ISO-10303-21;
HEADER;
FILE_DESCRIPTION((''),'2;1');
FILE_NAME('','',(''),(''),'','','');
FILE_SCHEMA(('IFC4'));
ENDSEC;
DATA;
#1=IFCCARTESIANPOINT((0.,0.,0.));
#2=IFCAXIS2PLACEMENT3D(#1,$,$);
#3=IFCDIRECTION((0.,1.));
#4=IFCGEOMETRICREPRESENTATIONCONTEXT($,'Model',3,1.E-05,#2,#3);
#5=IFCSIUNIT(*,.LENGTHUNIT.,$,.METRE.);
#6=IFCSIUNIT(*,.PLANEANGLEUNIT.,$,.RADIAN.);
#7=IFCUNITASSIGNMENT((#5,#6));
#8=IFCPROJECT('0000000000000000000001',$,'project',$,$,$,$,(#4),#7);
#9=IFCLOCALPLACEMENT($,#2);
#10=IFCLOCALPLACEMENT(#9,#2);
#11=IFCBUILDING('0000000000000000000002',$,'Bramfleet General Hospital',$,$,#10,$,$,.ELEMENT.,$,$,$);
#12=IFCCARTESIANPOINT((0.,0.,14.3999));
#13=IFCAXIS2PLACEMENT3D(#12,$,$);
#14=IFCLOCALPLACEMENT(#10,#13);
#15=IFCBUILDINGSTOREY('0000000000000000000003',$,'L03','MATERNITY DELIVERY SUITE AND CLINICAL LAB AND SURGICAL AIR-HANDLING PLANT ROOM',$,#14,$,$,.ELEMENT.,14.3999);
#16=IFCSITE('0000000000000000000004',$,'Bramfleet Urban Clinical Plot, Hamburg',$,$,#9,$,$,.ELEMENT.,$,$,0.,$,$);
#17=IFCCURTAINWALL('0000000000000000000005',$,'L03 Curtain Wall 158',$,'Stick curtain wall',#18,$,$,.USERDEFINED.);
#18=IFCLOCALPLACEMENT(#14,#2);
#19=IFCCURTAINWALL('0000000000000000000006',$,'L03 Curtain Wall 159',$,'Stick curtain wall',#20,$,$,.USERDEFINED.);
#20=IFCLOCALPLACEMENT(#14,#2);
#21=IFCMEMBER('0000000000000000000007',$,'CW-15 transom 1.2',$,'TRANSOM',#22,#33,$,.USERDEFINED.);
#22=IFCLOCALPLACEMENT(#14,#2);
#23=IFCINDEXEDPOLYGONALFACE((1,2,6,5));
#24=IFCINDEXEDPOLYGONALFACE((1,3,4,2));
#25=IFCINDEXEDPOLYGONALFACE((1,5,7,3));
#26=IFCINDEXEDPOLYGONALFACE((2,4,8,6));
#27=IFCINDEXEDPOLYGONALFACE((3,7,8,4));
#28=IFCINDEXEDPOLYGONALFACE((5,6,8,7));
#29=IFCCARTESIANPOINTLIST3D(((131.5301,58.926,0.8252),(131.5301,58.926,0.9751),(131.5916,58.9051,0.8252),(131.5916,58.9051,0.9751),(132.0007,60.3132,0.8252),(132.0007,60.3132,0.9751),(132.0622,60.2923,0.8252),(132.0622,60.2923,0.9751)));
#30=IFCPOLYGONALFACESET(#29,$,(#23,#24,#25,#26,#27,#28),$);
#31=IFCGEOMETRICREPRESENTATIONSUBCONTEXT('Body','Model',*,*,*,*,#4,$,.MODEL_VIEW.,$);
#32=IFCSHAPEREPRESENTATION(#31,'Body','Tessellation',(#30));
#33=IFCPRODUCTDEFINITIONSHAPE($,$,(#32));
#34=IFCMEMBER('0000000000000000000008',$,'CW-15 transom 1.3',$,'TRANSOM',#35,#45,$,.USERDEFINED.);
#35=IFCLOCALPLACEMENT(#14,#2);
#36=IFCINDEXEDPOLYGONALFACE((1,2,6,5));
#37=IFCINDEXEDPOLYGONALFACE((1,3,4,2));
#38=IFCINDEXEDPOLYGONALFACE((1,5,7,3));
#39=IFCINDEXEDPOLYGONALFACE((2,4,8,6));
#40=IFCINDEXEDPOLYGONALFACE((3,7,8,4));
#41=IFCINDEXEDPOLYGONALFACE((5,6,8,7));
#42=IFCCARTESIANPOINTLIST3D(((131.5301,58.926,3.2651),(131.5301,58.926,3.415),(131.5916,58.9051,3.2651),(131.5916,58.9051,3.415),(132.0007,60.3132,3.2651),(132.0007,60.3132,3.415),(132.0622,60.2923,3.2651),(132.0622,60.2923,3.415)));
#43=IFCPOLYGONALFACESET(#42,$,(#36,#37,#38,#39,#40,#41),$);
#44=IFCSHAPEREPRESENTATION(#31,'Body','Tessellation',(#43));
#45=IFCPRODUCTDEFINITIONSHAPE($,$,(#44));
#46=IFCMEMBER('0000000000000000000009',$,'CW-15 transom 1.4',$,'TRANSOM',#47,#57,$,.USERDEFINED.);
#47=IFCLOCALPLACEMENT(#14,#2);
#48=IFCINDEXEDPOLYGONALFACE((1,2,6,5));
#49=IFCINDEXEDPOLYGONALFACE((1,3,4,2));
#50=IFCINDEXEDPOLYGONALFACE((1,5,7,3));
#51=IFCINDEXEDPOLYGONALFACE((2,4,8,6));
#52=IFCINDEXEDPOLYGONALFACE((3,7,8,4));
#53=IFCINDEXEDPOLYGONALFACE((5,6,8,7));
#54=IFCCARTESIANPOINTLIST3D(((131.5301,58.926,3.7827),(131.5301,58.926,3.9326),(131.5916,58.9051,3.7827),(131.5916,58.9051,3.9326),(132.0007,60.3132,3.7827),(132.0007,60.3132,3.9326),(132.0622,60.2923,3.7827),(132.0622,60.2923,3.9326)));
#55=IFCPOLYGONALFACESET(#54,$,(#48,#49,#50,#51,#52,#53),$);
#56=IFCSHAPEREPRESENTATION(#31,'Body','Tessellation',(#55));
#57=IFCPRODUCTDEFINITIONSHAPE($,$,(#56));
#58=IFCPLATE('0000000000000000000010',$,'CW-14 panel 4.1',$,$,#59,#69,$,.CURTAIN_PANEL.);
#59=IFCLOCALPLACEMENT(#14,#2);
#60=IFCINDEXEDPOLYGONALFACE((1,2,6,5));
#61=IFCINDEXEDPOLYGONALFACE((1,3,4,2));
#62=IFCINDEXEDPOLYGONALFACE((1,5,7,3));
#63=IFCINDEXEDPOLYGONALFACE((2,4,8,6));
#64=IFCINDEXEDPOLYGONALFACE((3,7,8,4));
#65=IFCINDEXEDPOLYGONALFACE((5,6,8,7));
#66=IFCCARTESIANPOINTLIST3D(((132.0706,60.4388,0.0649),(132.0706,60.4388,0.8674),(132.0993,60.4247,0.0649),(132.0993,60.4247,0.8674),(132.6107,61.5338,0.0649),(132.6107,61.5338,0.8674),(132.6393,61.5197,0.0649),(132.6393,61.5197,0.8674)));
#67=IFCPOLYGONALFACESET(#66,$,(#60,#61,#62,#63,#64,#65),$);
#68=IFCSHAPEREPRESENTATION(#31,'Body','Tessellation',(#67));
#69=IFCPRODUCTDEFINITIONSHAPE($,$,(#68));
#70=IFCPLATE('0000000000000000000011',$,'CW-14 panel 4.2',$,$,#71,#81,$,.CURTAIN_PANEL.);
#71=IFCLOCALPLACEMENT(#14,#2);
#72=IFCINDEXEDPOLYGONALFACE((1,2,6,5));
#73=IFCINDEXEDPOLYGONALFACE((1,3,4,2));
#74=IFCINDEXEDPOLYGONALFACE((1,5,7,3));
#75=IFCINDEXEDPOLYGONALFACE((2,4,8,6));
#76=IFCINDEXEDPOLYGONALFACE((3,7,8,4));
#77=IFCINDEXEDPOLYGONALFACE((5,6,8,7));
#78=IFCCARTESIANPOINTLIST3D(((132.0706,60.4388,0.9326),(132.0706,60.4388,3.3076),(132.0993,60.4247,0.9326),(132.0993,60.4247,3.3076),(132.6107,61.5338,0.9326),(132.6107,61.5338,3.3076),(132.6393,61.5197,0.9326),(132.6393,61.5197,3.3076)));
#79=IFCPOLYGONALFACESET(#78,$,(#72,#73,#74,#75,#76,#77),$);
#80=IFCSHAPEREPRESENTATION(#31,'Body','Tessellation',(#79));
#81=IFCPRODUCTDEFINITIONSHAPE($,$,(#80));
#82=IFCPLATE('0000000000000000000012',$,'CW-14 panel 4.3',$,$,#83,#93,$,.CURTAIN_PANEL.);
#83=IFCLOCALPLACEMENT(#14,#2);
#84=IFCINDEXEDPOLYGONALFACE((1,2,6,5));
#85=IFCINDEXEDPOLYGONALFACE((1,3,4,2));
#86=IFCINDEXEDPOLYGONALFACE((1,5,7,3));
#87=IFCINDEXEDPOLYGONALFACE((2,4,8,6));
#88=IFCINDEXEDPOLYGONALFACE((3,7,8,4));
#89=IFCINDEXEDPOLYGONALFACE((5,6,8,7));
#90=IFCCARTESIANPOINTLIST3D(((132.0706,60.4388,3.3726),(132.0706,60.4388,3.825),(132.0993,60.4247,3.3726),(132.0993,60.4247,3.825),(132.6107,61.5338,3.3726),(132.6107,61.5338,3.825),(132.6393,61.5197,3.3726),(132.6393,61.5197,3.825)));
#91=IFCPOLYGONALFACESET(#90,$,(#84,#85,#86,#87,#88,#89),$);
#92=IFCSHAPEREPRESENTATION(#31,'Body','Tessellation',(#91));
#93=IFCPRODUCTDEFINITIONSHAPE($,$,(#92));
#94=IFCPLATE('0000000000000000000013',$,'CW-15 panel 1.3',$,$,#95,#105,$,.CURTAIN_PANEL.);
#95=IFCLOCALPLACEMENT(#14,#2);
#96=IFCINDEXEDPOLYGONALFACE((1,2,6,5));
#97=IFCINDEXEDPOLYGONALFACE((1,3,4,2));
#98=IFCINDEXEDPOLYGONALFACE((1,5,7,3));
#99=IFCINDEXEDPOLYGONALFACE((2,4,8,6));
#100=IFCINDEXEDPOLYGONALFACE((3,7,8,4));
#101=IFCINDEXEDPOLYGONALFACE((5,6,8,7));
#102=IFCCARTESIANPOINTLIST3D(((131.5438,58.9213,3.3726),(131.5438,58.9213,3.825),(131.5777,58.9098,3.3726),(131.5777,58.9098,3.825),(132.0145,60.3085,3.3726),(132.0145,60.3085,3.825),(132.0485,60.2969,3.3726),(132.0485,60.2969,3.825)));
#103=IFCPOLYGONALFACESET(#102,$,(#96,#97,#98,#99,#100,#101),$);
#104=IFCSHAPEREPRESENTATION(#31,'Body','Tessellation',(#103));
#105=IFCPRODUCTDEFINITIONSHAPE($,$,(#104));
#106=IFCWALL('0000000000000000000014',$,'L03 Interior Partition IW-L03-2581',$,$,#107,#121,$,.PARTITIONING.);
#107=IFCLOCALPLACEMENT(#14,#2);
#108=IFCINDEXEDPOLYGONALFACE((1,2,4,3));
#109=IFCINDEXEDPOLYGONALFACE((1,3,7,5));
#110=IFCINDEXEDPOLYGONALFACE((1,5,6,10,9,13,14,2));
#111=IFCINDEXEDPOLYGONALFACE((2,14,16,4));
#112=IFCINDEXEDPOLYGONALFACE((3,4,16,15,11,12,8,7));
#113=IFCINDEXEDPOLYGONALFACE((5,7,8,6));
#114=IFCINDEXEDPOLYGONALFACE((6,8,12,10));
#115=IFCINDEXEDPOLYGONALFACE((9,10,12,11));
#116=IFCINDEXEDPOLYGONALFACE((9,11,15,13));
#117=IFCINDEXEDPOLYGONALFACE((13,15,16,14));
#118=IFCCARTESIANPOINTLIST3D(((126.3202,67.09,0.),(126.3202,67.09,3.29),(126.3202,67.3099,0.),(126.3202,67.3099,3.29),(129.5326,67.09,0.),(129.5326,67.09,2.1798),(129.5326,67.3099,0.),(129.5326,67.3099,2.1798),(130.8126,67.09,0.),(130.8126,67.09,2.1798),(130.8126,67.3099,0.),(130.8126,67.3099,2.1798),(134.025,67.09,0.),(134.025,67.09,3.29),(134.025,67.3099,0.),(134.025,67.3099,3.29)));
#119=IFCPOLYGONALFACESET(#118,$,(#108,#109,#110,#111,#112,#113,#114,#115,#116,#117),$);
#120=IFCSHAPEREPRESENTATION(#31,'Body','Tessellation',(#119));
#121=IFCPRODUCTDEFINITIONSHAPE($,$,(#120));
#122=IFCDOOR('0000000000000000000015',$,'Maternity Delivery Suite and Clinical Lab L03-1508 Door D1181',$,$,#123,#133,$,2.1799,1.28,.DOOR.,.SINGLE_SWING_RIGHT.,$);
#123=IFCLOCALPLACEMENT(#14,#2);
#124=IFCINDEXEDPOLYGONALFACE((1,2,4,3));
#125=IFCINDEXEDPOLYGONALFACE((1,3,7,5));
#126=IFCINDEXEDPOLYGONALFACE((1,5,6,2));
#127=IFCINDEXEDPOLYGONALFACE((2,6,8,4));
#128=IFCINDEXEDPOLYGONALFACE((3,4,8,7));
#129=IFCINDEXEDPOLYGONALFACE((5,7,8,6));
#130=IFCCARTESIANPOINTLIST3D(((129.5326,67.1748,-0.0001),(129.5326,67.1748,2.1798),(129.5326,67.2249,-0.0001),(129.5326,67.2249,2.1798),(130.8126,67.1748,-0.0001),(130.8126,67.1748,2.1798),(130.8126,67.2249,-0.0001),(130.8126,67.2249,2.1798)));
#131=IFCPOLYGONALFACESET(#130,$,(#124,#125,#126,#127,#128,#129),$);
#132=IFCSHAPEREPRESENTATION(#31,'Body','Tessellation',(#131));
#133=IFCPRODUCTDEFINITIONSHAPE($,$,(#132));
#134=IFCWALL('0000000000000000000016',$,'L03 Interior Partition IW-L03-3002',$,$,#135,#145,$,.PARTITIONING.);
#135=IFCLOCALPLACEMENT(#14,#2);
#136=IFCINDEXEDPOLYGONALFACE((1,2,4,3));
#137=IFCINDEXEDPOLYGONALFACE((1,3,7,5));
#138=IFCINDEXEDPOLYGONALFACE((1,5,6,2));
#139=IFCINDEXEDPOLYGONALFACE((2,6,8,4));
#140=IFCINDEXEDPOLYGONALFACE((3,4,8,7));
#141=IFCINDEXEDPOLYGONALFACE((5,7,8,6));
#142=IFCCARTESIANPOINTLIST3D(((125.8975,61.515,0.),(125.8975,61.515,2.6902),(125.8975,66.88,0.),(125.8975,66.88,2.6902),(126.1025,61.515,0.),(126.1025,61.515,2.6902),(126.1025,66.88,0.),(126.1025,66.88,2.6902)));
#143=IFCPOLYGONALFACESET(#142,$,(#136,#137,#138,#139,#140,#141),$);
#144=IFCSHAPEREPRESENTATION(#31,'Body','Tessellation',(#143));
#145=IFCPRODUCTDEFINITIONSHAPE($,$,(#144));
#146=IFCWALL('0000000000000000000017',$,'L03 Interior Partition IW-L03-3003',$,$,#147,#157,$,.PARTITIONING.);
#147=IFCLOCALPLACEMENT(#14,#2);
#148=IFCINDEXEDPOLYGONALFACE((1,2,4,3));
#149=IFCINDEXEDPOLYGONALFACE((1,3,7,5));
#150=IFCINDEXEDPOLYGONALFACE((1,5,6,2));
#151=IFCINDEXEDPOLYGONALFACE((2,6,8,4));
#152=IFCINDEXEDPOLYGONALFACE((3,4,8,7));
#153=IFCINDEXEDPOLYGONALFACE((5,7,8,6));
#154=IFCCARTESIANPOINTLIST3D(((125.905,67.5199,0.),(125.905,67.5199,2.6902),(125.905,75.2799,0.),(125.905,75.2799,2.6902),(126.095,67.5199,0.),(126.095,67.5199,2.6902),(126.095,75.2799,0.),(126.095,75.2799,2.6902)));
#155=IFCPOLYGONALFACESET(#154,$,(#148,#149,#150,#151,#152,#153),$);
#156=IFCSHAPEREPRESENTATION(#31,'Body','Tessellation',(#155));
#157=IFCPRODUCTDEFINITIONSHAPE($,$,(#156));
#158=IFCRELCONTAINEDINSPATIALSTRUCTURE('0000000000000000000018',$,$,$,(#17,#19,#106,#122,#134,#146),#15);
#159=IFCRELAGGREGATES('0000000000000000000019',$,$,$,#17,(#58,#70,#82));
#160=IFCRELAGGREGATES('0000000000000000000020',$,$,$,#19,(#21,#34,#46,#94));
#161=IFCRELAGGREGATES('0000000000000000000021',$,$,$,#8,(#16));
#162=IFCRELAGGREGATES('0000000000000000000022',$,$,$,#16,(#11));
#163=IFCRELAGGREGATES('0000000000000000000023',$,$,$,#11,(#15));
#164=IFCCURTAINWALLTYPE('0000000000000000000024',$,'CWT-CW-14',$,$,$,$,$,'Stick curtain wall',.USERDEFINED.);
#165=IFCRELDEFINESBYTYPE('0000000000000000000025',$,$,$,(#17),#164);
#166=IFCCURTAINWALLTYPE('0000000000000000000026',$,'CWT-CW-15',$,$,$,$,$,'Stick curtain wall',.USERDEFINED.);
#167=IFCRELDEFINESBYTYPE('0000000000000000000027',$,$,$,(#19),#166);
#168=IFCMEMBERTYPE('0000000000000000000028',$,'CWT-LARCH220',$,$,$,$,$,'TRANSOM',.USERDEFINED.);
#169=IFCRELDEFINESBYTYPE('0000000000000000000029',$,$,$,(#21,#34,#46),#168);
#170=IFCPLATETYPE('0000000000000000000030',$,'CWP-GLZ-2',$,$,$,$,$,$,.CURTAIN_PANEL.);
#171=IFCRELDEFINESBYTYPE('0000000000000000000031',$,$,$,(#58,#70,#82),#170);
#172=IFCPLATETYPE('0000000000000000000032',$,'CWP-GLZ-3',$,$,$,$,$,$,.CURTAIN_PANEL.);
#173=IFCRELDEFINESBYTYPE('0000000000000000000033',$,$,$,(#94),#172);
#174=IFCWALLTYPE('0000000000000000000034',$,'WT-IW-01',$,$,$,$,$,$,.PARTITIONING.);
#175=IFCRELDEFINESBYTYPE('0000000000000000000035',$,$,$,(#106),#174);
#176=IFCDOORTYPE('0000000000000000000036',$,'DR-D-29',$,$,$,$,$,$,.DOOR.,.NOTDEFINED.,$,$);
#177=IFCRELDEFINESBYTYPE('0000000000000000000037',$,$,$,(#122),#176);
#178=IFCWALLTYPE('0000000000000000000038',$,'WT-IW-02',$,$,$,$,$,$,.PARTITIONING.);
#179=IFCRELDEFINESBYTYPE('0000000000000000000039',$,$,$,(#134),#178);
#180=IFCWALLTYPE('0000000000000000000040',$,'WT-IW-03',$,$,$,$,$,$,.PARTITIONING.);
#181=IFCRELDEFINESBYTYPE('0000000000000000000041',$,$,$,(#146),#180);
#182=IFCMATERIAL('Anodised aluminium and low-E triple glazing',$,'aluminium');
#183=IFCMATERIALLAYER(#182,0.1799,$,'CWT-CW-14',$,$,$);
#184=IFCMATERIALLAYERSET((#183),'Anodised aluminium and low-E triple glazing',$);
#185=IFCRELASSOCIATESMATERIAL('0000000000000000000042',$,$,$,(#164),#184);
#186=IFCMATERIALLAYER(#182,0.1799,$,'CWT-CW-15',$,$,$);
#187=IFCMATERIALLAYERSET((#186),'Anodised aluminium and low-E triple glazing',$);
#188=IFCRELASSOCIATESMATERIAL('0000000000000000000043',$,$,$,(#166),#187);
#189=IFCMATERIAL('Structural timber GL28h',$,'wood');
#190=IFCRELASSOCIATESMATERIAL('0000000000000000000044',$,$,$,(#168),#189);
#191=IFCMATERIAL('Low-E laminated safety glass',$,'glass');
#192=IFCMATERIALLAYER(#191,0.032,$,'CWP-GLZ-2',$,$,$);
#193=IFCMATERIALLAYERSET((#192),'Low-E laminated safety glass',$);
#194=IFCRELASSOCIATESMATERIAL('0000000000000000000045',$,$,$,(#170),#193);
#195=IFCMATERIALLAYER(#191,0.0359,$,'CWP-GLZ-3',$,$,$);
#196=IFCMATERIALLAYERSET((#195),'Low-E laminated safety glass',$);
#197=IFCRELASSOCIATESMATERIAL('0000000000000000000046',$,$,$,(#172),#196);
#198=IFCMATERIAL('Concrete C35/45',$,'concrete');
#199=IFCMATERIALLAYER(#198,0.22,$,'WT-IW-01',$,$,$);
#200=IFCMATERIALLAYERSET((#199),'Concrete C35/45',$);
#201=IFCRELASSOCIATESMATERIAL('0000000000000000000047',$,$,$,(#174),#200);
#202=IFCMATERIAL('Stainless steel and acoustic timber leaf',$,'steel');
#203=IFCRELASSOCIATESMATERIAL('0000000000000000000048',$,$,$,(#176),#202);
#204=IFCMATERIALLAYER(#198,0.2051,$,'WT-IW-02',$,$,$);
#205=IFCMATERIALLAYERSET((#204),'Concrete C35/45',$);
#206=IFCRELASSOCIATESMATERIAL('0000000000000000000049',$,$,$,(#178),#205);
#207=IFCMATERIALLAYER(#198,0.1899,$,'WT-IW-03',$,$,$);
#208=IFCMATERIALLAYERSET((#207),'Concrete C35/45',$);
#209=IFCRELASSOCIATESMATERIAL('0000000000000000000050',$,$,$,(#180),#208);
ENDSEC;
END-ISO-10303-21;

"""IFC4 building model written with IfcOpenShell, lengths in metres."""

from ifc_helpers import new_model, si_unit, direction, frame, frame_2d, origin, origin_2d, place, context, subcontext, project, spatial, rectangle, extrude, material, layer, layer_set, material_profile, profile_set, type_object, element, fill, aggregate, save


model = new_model("IFC4")

# Units and contexts
model_context = context("Model", 3, precision=1e-05, world=origin(), true_north=direction((0.0, 1.0)))
body_context = subcontext(model_context, "Body", "Model", "MODEL_VIEW")
ifc_project = project(units=[si_unit("LENGTHUNIT", "METRE"), si_unit("PLANEANGLEUNIT", "RADIAN")], contexts=[model_context])

# Site, building, storey
site_placement = place(None, origin())
site = spatial("IfcSite", under=ifc_project, at=site_placement, Name="Bramfleet Urban Clinical Plot, Hamburg", CompositionType="ELEMENT", RefElevation=0.0)
building_placement = place(site_placement, origin())
building = spatial("IfcBuilding", under=site, at=building_placement, Name="Bramfleet General Hospital", CompositionType="ELEMENT")
storey_placement = place(building_placement, frame((0.0, 0.0, 14.3999)))
storey = spatial("IfcBuildingStorey", under=building, at=storey_placement, Name="L03", Description="MATERNITY DELIVERY SUITE AND CLINICAL LAB AND SURGICAL AIR-HANDLING PLANT ROOM", CompositionType="ELEMENT", Elevation=14.3999)

# Shared definitions
ifc_material_1 = material(Name="Concrete C35/45", Category="concrete")

# Curtain walls
ifc_material_2 = material(Name="Anodised aluminium and low-E triple glazing", Category="aluminium")
ifc_layer_1 = layer(ifc_material_2, 0.1799, Name="CWT-CW-14")
ifc_layer_set_1 = layer_set([ifc_layer_1], Name="Anodised aluminium and low-E triple glazing")
curtain_wall_type_1 = type_object("IfcCurtainWallType", Name="CWT-CW-14", ElementType="Stick curtain wall", PredefinedType="USERDEFINED", material=ifc_layer_set_1)
ifc_layer_2 = layer(ifc_material_2, 0.1799, Name="CWT-CW-15")
ifc_layer_set_2 = layer_set([ifc_layer_2], Name="Anodised aluminium and low-E triple glazing")
curtain_wall_type_2 = type_object("IfcCurtainWallType", Name="CWT-CW-15", ElementType="Stick curtain wall", PredefinedType="USERDEFINED", material=ifc_layer_set_2)
curtain_wall_1_placement = place(storey_placement, origin())
curtain_wall_1 = element("IfcCurtainWall", 1, at=curtain_wall_1_placement, inside=storey, type_object=curtain_wall_type_1, Name="L03 Curtain Wall 158", ObjectType="Stick curtain wall", PredefinedType="USERDEFINED")
ifc_material_3 = material(Name="Structural timber GL28h", Category="wood")
curtain_wall_2_placement = place(storey_placement, origin())
curtain_wall_2 = element("IfcCurtainWall", 2, at=curtain_wall_2_placement, inside=storey, type_object=curtain_wall_type_2, Name="L03 Curtain Wall 159", ObjectType="Stick curtain wall", PredefinedType="USERDEFINED")

# Members
ifc_material_profile_1 = material_profile(ifc_material_3, rectangle(XDim=0.0649, YDim=0.1499, at=origin_2d()), Name="LARCH 150x65")
ifc_profile_set_1 = profile_set([ifc_material_profile_1], Name="Structural timber GL28h")
member_type_1 = type_object("IfcMemberType", Name="CWT-LARCH220", ElementType="TRANSOM", PredefinedType="USERDEFINED", material=ifc_profile_set_1)
member_1_placement = place(storey_placement, frame((132.0315, 60.3027, 0.9001), z_axis=(-0.321323, -0.94697, 0.0), x_axis=(0.94697, -0.321323, 0.0)))
member_1 = element("IfcMember", 3, at=member_1_placement, type_object=member_type_1, Name="CW-15 transom 1.2", ObjectType="TRANSOM", PredefinedType="USERDEFINED", context=body_context, shape_type="SweptSolid", body=[
    extrude(rectangle(XDim=0.0649, YDim=0.1499, at=origin_2d()), origin(), (0.0, 0.0, 1.0), 1.4648),
])
member_2_placement = place(storey_placement, frame((132.0315, 60.3027, 3.3401), z_axis=(-0.321323, -0.94697, 0.0), x_axis=(0.94697, -0.321323, 0.0)))
member_2 = element("IfcMember", 4, at=member_2_placement, type_object=member_type_1, Name="CW-15 transom 1.3", ObjectType="TRANSOM", PredefinedType="USERDEFINED", context=body_context, shape_type="SweptSolid", body=[
    extrude(rectangle(XDim=0.0649, YDim=0.1499, at=origin_2d()), origin(), (0.0, 0.0, 1.0), 1.4648),
])
member_3_placement = place(storey_placement, frame((132.0315, 60.3027, 3.8577), z_axis=(-0.321323, -0.94697, 0.0), x_axis=(0.94697, -0.321323, 0.0)))
member_3 = element("IfcMember", 5, at=member_3_placement, type_object=member_type_1, Name="CW-15 transom 1.4", ObjectType="TRANSOM", PredefinedType="USERDEFINED", context=body_context, shape_type="SweptSolid", body=[
    extrude(rectangle(XDim=0.0649, YDim=0.1499, at=origin_2d()), origin(), (0.0, 0.0, 1.0), 1.4648),
])

# Plates
ifc_material_4 = material(Name="Low-E laminated safety glass", Category="glass")
ifc_layer_3 = layer(ifc_material_4, 0.032, Name="CWP-GLZ-2")
ifc_layer_set_3 = layer_set([ifc_layer_3], Name="Low-E laminated safety glass")
plate_type_1 = type_object("IfcPlateType", Name="CWP-GLZ-2", PredefinedType="CURTAIN_PANEL", material=ifc_layer_set_3)
plate_1_placement = place(storey_placement, frame((132.355, 60.9792, 0.0649), z_axis=(0.0, 0.0, 1.0), x_axis=(-0.442305, -0.896865, 0.0)))
plate_1 = element("IfcPlate", 6, at=plate_1_placement, type_object=plate_type_1, Name="CW-14 panel 4.1", PredefinedType="CURTAIN_PANEL", context=body_context, shape_type="SweptSolid", body=[
    extrude(rectangle(XDim=1.2209, YDim=0.032, at=origin_2d()), origin(), (0.0, 0.0, 1.0), 0.8025),
])
plate_2_placement = place(storey_placement, frame((132.355, 60.9792, 0.9326), z_axis=(0.0, 0.0, 1.0), x_axis=(-0.442305, -0.896865, 0.0)))
plate_2 = element("IfcPlate", 7, at=plate_2_placement, type_object=plate_type_1, Name="CW-14 panel 4.2", PredefinedType="CURTAIN_PANEL", context=body_context, shape_type="SweptSolid", body=[
    extrude(rectangle(XDim=1.2209, YDim=0.032, at=origin_2d()), origin(), (0.0, 0.0, 1.0), 2.375),
])
plate_3_placement = place(storey_placement, frame((132.355, 60.9792, 3.3726), z_axis=(0.0, 0.0, 1.0), x_axis=(-0.442305, -0.896865, 0.0)))
plate_3 = element("IfcPlate", 8, at=plate_3_placement, type_object=plate_type_1, Name="CW-14 panel 4.3", PredefinedType="CURTAIN_PANEL", context=body_context, shape_type="SweptSolid", body=[
    extrude(rectangle(XDim=1.2209, YDim=0.032, at=origin_2d()), origin(), (0.0, 0.0, 1.0), 0.4524),
])
aggregate(curtain_wall_1, [plate_1, plate_2, plate_3])
ifc_layer_4 = layer(ifc_material_4, 0.0359, Name="CWP-GLZ-3")
ifc_layer_set_4 = layer_set([ifc_layer_4], Name="Low-E laminated safety glass")
plate_type_2 = type_object("IfcPlateType", Name="CWP-GLZ-3", PredefinedType="CURTAIN_PANEL", material=ifc_layer_set_4)
plate_4_placement = place(storey_placement, frame((131.7961, 59.6091, 3.3726), z_axis=(0.0, 0.0, 1.0), x_axis=(-0.321383, -0.946949, 0.0)))
plate_4 = element("IfcPlate", 9, at=plate_4_placement, type_object=plate_type_2, Name="CW-15 panel 1.3", PredefinedType="CURTAIN_PANEL", context=body_context, shape_type="SweptSolid", body=[
    extrude(rectangle(XDim=1.4648, YDim=0.0359, at=origin_2d()), origin(), (0.0, 0.0, 1.0), 0.4524),
])
aggregate(curtain_wall_2, [member_1, member_2, member_3, plate_4])

# Wall, opening, door
ifc_layer_5 = layer(ifc_material_1, 0.22, Name="WT-IW-01")
ifc_layer_set_5 = layer_set([ifc_layer_5], Name="Concrete C35/45")
wall_type_1 = type_object("IfcWallType", Name="WT-IW-01", PredefinedType="PARTITIONING", material=ifc_layer_set_5)
wall_1_placement = place(storey_placement, frame((126.3201, 67.2, 0.0), z_axis=(0.0, 0.0, 1.0), x_axis=(1.0, 0.0, 0.0)))
wall_1 = element("IfcWall", 10, at=wall_1_placement, inside=storey, type_object=wall_type_1, Name="L03 Interior Partition IW-L03-2581", PredefinedType="PARTITIONING", context=body_context, shape_type="SweptSolid", body=[
    extrude(rectangle(XDim=7.7048, YDim=0.22, at=frame_2d((3.8525, 0.0))), origin(), (0.0, 0.0, 1.0), 3.29),
])
opening_1_placement = place(wall_1_placement, frame((3.2124, 0.0, 0.0)))
opening_1 = element("IfcOpeningElement", 11, at=opening_1_placement, cuts=wall_1, PredefinedType="OPENING", context=body_context, shape_type="SweptSolid", body=[
    extrude(rectangle(XDim=1.28, YDim=2.1799, at=frame_2d((0.6401, 1.0898))), frame((0.0, 0.1199, 0.0), z_axis=(0.0, -1.0, 0.0), x_axis=(1.0, 0.0, 0.0)), (0.0, 0.0, 1.0), 0.24),
])
ifc_material_5 = material(Name="Stainless steel and acoustic timber leaf", Category="steel")
door_type_1 = type_object("IfcDoorType", Name="DR-D-29", OperationType="NOTDEFINED", PredefinedType="DOOR", material=ifc_material_5)
door_1_placement = place(opening_1_placement, origin())
door_1 = element("IfcDoor", 12, at=door_1_placement, inside=storey, type_object=door_type_1, Name="Maternity Delivery Suite and Clinical Lab L03-1508 Door D1181", OperationType="SINGLE_SWING_RIGHT", OverallHeight=2.1799, OverallWidth=1.28, PredefinedType="DOOR", context=body_context, shape_type="SweptSolid", body=[
    extrude(rectangle(XDim=1.28, YDim=2.1799, at=frame_2d((0.6401, 1.0898))), frame((0.0, 0.0249, 0.0), z_axis=(0.0, -1.0, 0.0), x_axis=(1.0, 0.0, 0.0)), (0.0, 0.0, 1.0), 0.05),
])
fill(opening_1, door_1)

# Walls
ifc_layer_6 = layer(ifc_material_1, 0.2051, Name="WT-IW-02")
ifc_layer_set_6 = layer_set([ifc_layer_6], Name="Concrete C35/45")
wall_type_2 = type_object("IfcWallType", Name="WT-IW-02", PredefinedType="PARTITIONING", material=ifc_layer_set_6)
wall_2_placement = place(storey_placement, frame((126.0, 61.5149, 0.0), z_axis=(0.0, 0.0, 1.0), x_axis=(0.0, 1.0, 0.0)))
element("IfcWall", 13, at=wall_2_placement, inside=storey, type_object=wall_type_2, Name="L03 Interior Partition IW-L03-3002", PredefinedType="PARTITIONING", context=body_context, shape_type="SweptSolid", body=[
    extrude(rectangle(XDim=5.365, YDim=0.2051, at=frame_2d((2.6826, 0.0))), origin(), (0.0, 0.0, 1.0), 2.6902),
])
ifc_layer_7 = layer(ifc_material_1, 0.1899, Name="WT-IW-03")
ifc_layer_set_7 = layer_set([ifc_layer_7], Name="Concrete C35/45")
wall_type_3 = type_object("IfcWallType", Name="WT-IW-03", PredefinedType="PARTITIONING", material=ifc_layer_set_7)
wall_3_placement = place(storey_placement, frame((126.0, 67.52, 0.0), z_axis=(0.0, 0.0, 1.0), x_axis=(0.0, 1.0, 0.0)))
element("IfcWall", 14, at=wall_3_placement, inside=storey, type_object=wall_type_3, Name="L03 Interior Partition IW-L03-3003", PredefinedType="PARTITIONING", context=body_context, shape_type="SweptSolid", body=[
    extrude(rectangle(XDim=7.76, YDim=0.1899, at=frame_2d((3.8799, 0.0))), origin(), (0.0, 0.0, 1.0), 2.6902),
])

save(model, "model.ifc")
